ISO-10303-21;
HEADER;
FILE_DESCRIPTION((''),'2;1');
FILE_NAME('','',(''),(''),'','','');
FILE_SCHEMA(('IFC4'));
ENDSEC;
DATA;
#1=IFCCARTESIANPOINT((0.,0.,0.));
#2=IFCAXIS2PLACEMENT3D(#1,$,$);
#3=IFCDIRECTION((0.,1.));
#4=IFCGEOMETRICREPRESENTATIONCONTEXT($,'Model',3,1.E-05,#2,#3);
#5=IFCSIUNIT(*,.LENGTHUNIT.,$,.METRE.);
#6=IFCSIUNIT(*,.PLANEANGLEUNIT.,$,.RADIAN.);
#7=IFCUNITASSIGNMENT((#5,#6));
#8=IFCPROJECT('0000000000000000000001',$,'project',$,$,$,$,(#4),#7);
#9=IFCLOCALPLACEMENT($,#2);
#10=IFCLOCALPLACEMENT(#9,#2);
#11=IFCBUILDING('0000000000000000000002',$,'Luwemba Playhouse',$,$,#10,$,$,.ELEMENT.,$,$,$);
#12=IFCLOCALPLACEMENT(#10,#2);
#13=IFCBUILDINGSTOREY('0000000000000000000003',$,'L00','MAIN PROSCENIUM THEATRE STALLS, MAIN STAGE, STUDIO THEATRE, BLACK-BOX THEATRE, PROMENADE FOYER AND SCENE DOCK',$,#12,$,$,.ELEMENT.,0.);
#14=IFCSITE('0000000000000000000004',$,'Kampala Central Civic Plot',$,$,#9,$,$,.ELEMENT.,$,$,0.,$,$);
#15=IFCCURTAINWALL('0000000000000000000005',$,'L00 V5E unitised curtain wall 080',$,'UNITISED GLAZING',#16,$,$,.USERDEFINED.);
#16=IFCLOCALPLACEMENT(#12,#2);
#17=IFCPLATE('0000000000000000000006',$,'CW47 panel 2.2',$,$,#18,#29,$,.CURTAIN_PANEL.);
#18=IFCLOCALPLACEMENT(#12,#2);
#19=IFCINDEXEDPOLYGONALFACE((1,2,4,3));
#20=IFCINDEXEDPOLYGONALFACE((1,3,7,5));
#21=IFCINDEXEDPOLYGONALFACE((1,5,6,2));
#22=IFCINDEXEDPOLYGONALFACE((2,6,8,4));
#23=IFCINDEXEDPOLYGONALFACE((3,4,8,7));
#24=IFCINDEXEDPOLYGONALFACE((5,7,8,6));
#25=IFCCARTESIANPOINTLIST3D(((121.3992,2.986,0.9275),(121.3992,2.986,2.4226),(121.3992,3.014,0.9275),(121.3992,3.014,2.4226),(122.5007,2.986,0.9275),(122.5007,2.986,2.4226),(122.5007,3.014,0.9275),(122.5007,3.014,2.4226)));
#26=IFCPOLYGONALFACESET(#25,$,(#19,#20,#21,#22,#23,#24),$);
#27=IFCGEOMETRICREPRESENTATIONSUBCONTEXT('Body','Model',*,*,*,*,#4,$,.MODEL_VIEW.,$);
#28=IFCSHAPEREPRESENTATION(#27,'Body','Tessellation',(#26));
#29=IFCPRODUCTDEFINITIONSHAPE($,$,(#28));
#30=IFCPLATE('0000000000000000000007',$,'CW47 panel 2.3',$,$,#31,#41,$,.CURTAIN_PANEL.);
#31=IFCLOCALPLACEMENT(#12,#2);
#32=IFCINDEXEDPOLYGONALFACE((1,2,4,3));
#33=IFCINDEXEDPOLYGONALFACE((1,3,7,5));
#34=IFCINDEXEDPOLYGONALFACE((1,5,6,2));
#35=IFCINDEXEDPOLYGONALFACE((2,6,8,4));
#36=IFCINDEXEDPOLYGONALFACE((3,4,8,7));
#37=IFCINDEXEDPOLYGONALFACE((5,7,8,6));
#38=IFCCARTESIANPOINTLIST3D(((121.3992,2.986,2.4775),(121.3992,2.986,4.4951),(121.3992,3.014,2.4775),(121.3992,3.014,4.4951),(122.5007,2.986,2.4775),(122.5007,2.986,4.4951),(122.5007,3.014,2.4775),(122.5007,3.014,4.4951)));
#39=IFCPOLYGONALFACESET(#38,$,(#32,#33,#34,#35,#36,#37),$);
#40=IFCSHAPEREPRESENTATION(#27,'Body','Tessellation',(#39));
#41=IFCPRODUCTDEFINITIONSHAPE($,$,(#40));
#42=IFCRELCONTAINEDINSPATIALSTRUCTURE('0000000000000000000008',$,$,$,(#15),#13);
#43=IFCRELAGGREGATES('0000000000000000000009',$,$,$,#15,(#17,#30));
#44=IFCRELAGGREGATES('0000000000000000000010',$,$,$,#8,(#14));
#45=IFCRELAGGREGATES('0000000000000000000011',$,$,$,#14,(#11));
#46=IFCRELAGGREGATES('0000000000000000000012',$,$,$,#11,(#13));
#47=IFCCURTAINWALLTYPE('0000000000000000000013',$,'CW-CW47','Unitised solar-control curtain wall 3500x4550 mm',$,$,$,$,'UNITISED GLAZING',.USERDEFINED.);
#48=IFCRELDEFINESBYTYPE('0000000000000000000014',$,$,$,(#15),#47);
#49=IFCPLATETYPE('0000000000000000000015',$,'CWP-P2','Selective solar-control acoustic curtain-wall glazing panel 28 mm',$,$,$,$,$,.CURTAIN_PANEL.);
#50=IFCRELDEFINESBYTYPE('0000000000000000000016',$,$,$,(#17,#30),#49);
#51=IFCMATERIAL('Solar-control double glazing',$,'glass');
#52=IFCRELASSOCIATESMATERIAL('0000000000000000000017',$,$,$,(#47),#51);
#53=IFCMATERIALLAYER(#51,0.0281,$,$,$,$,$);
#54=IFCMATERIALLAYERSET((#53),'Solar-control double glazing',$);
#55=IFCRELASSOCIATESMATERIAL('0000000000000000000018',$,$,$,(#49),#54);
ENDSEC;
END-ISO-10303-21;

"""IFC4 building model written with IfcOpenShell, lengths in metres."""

from ifc_helpers import new_model, si_unit, direction, frame, origin, origin_2d, place, context, subcontext, project, spatial, rectangle, extrude, material, layer, layer_set, type_object, element, aggregate, save


model = new_model("IFC4")

# Units and contexts
model_context = context("Model", 3, precision=1e-05, world=origin(), true_north=direction((0.0, 1.0)))
body_context = subcontext(model_context, "Body", "Model", "MODEL_VIEW")
ifc_project = project(units=[si_unit("LENGTHUNIT", "METRE"), si_unit("PLANEANGLEUNIT", "RADIAN")], contexts=[model_context])

# Site, building, storey
site_placement = place(None, origin())
site = spatial("IfcSite", under=ifc_project, at=site_placement, Name="Kampala Central Civic Plot", CompositionType="ELEMENT", RefElevation=0.0)
building_placement = place(site_placement, origin())
building = spatial("IfcBuilding", under=site, at=building_placement, Name="Luwemba Playhouse", CompositionType="ELEMENT")
storey_placement = place(building_placement, origin())
storey = spatial("IfcBuildingStorey", under=building, at=storey_placement, Name="L00", Description="MAIN PROSCENIUM THEATRE STALLS, MAIN STAGE, STUDIO THEATRE, BLACK-BOX THEATRE, PROMENADE FOYER AND SCENE DOCK", CompositionType="ELEMENT", Elevation=0.0)

# Shared definitions
ifc_material_1 = material(Name="Solar-control double glazing", Category="glass")

# Curtain wall, plates
curtain_wall_type_1 = type_object("IfcCurtainWallType", Name="CW-CW47", Description="Unitised solar-control curtain wall 3500x4550 mm", ElementType="UNITISED GLAZING", PredefinedType="USERDEFINED", material=ifc_material_1)
curtain_wall_1_placement = place(storey_placement, origin())
curtain_wall_1 = element("IfcCurtainWall", 1, at=curtain_wall_1_placement, inside=storey, type_object=curtain_wall_type_1, Name="L00 V5E unitised curtain wall 080", ObjectType="UNITISED GLAZING", PredefinedType="USERDEFINED")
ifc_layer = layer(ifc_material_1, 0.0281)
ifc_layer_set = layer_set([ifc_layer], Name="Solar-control double glazing")
plate_type = type_object("IfcPlateType", Name="CWP-P2", Description="Selective solar-control acoustic curtain-wall glazing panel 28 mm", PredefinedType="CURTAIN_PANEL", material=ifc_layer_set)
plate_1_placement = place(storey_placement, frame((121.95, 3.0, 0.9275), z_axis=(0.0, 0.0, 1.0), x_axis=(-1.0, 0.0, 0.0)))
plate_1 = element("IfcPlate", 2, at=plate_1_placement, type_object=plate_type, Name="CW47 panel 2.2", PredefinedType="CURTAIN_PANEL", context=body_context, shape_type="SweptSolid", body=[
    extrude(rectangle(XDim=1.1016, YDim=0.0281, at=origin_2d()), origin(), (0.0, 0.0, 1.0), 1.4951),
])
plate_2_placement = place(storey_placement, frame((121.95, 3.0, 2.4775), z_axis=(0.0, 0.0, 1.0), x_axis=(-1.0, 0.0, 0.0)))
plate_2 = element("IfcPlate", 3, at=plate_2_placement, type_object=plate_type, Name="CW47 panel 2.3", PredefinedType="CURTAIN_PANEL", context=body_context, shape_type="SweptSolid", body=[
    extrude(rectangle(XDim=1.1016, YDim=0.0281, at=origin_2d()), origin(), (0.0, 0.0, 1.0), 2.0176),
])
aggregate(curtain_wall_1, [plate_1, plate_2])

save(model, "model.ifc")
